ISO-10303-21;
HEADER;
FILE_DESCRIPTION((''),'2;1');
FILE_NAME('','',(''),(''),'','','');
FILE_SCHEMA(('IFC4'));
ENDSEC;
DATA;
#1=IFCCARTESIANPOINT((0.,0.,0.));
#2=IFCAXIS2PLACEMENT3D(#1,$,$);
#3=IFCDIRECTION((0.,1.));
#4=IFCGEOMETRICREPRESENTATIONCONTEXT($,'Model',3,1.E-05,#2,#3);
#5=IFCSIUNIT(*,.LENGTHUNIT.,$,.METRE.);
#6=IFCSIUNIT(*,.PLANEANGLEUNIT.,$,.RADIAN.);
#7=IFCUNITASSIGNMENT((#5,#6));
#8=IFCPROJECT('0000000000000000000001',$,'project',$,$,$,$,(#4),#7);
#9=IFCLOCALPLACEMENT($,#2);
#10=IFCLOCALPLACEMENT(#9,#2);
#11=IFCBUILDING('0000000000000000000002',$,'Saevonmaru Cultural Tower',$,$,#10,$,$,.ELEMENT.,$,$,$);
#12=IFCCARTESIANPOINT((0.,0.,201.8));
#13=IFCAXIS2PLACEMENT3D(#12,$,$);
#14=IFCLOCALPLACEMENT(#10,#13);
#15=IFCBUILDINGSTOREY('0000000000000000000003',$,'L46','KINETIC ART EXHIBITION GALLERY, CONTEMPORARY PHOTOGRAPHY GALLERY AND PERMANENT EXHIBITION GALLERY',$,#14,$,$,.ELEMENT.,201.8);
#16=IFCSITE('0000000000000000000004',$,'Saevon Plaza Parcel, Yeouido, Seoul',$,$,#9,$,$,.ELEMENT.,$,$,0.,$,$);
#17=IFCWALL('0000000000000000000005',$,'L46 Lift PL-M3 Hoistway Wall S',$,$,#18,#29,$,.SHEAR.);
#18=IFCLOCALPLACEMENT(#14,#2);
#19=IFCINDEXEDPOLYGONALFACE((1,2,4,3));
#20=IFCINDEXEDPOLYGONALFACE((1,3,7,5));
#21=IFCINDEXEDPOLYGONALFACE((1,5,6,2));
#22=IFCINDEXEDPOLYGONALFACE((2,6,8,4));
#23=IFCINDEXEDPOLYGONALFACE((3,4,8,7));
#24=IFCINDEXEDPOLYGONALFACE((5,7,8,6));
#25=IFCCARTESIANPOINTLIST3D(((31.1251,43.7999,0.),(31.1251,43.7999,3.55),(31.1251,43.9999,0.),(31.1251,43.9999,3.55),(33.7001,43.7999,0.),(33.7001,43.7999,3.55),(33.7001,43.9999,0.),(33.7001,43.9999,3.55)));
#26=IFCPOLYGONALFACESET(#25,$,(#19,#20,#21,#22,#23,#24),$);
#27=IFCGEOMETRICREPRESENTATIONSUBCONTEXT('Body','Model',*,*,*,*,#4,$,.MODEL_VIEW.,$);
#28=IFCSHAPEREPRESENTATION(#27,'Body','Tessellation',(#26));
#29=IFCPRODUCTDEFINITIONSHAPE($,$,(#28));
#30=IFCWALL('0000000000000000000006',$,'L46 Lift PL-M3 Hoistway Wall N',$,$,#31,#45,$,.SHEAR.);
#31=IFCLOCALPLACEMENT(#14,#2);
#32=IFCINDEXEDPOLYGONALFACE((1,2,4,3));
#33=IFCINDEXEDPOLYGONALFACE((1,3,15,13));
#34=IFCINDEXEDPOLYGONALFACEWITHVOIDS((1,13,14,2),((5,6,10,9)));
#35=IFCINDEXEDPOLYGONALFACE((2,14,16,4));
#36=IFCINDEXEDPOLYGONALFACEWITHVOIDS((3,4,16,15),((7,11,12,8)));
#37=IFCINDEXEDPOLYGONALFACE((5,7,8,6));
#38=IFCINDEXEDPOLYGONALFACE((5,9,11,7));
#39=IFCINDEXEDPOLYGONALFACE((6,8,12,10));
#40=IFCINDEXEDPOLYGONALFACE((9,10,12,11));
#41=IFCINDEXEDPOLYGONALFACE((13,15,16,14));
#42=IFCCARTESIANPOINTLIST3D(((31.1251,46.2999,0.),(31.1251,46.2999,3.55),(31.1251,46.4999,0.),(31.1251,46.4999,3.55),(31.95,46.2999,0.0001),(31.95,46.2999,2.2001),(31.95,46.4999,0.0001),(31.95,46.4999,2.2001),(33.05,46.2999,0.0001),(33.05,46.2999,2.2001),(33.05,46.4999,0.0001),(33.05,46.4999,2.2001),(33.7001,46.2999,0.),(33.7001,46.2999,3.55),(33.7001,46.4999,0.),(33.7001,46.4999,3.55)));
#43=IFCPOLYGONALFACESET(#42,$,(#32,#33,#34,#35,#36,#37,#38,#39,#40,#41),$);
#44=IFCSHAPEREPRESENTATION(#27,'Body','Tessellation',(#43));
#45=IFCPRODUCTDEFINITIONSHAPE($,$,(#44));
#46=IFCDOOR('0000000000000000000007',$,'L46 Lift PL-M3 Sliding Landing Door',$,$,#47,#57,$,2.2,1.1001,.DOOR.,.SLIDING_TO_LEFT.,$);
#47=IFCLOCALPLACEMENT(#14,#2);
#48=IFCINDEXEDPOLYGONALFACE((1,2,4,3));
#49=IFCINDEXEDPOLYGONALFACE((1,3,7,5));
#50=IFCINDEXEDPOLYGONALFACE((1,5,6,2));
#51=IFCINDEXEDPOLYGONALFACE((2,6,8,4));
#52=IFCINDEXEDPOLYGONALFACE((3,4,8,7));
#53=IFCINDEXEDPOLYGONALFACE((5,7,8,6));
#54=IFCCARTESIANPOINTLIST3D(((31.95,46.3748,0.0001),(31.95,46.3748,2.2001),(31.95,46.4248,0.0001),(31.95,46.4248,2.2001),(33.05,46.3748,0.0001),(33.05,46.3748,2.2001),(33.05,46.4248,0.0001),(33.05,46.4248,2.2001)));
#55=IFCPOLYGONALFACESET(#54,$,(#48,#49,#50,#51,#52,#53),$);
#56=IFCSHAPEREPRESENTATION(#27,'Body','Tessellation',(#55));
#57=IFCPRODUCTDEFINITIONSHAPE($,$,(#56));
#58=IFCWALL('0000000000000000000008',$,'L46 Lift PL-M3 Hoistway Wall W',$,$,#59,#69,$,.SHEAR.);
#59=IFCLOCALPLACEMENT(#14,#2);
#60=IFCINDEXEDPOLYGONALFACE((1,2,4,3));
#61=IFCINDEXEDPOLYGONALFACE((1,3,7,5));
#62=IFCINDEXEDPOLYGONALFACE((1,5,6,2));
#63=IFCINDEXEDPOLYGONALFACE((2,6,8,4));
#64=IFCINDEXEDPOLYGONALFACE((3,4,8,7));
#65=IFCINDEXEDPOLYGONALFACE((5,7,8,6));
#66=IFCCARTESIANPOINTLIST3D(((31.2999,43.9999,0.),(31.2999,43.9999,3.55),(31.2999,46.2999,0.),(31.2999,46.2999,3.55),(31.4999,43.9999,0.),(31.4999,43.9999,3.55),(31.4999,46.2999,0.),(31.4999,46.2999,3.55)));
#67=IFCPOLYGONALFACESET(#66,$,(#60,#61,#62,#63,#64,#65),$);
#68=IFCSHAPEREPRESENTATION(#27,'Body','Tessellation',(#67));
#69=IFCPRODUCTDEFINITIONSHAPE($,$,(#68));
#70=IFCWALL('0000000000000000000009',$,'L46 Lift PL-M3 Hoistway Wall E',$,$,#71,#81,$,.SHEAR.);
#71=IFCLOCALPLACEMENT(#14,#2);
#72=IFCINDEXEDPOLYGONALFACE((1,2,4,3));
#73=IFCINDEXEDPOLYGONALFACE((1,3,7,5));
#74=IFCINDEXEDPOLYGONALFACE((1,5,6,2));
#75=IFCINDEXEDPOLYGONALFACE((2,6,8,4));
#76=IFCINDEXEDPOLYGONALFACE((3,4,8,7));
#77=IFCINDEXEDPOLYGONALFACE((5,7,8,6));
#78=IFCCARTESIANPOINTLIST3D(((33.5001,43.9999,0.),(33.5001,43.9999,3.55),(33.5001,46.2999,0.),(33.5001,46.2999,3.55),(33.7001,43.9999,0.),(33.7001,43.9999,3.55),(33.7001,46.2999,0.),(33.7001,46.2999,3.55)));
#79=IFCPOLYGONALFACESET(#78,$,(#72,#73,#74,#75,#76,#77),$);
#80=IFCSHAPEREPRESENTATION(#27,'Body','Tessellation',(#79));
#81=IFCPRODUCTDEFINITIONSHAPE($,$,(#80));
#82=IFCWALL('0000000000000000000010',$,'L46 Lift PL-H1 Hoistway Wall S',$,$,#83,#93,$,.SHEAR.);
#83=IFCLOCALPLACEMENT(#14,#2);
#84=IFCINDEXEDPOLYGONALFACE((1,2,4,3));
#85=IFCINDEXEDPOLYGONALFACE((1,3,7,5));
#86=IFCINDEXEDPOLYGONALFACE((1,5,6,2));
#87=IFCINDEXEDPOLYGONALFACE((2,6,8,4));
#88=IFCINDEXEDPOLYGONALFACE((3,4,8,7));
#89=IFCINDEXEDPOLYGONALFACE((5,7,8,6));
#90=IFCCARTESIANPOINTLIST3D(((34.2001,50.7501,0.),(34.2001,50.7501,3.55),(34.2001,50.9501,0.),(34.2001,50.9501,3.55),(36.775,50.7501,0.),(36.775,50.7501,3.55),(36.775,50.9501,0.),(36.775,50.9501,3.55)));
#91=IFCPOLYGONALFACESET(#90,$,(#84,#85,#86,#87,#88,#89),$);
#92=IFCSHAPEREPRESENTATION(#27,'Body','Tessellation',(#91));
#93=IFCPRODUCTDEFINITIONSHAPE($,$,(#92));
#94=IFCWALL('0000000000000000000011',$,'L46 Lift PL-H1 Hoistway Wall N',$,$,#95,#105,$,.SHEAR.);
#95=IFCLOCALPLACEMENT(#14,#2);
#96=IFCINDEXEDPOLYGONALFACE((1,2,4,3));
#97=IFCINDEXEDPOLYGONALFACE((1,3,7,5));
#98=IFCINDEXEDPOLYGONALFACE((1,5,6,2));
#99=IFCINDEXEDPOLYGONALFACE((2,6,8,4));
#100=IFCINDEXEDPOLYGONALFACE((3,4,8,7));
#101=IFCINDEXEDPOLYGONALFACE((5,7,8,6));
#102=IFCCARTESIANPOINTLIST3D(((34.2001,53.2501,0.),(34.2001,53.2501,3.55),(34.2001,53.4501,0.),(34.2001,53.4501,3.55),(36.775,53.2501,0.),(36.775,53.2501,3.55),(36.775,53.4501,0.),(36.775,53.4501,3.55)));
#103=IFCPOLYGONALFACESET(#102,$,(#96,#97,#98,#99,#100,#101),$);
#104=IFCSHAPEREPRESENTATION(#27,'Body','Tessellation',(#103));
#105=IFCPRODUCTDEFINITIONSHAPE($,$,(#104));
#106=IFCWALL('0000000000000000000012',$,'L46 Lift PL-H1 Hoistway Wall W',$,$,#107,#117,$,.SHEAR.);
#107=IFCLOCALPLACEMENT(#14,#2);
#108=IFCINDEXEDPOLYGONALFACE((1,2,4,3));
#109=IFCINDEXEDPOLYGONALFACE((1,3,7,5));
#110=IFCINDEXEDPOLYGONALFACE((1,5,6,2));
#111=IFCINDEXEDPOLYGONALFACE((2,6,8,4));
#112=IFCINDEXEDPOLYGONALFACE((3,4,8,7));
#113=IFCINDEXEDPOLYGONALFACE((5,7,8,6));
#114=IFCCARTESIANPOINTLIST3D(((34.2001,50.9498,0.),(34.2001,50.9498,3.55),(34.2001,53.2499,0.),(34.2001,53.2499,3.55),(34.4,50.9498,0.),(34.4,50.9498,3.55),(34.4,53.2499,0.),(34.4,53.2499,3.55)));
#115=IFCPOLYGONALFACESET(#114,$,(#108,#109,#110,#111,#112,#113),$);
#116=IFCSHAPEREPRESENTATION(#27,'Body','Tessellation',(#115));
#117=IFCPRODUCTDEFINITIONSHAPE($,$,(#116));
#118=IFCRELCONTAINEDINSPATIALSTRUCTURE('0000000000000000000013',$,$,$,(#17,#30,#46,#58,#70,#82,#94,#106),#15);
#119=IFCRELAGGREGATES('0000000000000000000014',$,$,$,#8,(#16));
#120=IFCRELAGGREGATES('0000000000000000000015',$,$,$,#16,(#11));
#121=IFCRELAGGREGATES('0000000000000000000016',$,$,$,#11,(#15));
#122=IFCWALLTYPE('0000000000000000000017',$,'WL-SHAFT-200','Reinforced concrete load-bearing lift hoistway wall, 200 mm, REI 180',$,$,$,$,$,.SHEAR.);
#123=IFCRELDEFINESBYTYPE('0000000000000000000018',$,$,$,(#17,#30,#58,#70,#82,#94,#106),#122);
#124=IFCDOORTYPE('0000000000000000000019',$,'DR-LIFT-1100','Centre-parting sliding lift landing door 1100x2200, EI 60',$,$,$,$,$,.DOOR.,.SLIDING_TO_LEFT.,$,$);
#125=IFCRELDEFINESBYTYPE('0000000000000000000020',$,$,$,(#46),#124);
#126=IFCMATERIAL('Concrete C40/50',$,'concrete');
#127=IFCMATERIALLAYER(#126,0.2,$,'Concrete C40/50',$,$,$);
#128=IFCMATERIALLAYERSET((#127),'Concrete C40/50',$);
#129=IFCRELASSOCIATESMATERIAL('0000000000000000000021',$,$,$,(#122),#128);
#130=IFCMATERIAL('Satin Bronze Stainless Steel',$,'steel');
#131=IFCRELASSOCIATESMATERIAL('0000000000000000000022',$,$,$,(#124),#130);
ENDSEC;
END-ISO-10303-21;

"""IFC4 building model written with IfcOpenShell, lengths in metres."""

from ifc_helpers import new_model, si_unit, direction, frame, frame_2d, origin, place, context, subcontext, project, spatial, rectangle, extrude, material, layer, layer_set, type_object, element, fill, save


model = new_model("IFC4")

# Units and contexts
model_context = context("Model", 3, precision=1e-05, world=origin(), true_north=direction((0.0, 1.0)))
body_context = subcontext(model_context, "Body", "Model", "MODEL_VIEW")
ifc_project = project(units=[si_unit("LENGTHUNIT", "METRE"), si_unit("PLANEANGLEUNIT", "RADIAN")], contexts=[model_context])

# Site, building, storey
site_placement = place(None, origin())
site = spatial("IfcSite", under=ifc_project, at=site_placement, Name="Saevon Plaza Parcel, Yeouido, Seoul", CompositionType="ELEMENT", RefElevation=0.0)
building_placement = place(site_placement, origin())
building = spatial("IfcBuilding", under=site, at=building_placement, Name="Saevonmaru Cultural Tower", CompositionType="ELEMENT")
storey_placement = place(building_placement, frame((0.0, 0.0, 201.8)))
storey = spatial("IfcBuildingStorey", under=building, at=storey_placement, Name="L46", Description="KINETIC ART EXHIBITION GALLERY, CONTEMPORARY PHOTOGRAPHY GALLERY AND PERMANENT EXHIBITION GALLERY", CompositionType="ELEMENT", Elevation=201.8)

# Shared definitions
ifc_material_1 = material(Name="Concrete C40/50", Category="concrete")
ifc_layer_1 = layer(ifc_material_1, 0.2, Name="Concrete C40/50")
ifc_layer_set_1 = layer_set([ifc_layer_1], Name="Concrete C40/50")
wall_type_1 = type_object("IfcWallType", Name="WL-SHAFT-200", Description="Reinforced concrete load-bearing lift hoistway wall, 200 mm, REI 180", PredefinedType="SHEAR", material=ifc_layer_set_1)

# Shared definitions
ifc_material_2 = material(Name="Satin Bronze Stainless Steel", Category="steel")
door_type_1 = type_object("IfcDoorType", Name="DR-LIFT-1100", Description="Centre-parting sliding lift landing door 1100x2200, EI 60", OperationType="SLIDING_TO_LEFT", PredefinedType="DOOR", material=ifc_material_2)

# Wall
wall_1_placement = place(storey_placement, frame((31.125, 43.8999, 0.0), z_axis=(0.0, 0.0, 1.0), x_axis=(1.0, 0.0, 0.0)))
element("IfcWall", 1, at=wall_1_placement, inside=storey, type_object=wall_type_1, Name="L46 Lift PL-M3 Hoistway Wall S", PredefinedType="SHEAR", context=body_context, shape_type="SweptSolid", body=[
    extrude(rectangle(XDim=2.575, YDim=0.2, at=frame_2d((1.2876, 0.0))), origin(), (0.0, 0.0, 1.0), 3.55),
])

# Wall, opening, door
wall_2_placement = place(storey_placement, frame((31.125, 46.3999, 0.0), z_axis=(0.0, 0.0, 1.0), x_axis=(1.0, 0.0, 0.0)))
wall_2 = element("IfcWall", 2, at=wall_2_placement, inside=storey, type_object=wall_type_1, Name="L46 Lift PL-M3 Hoistway Wall N", PredefinedType="SHEAR", context=body_context, shape_type="SweptSolid", body=[
    extrude(rectangle(XDim=2.575, YDim=0.2, at=frame_2d((1.2876, 0.0))), origin(), (0.0, 0.0, 1.0), 3.55),
])
opening_1_placement = place(wall_2_placement, frame((0.825, 0.0, 0.0)))
opening_1 = element("IfcOpeningElement", 3, at=opening_1_placement, cuts=wall_2, PredefinedType="OPENING", context=body_context, shape_type="SweptSolid", body=[
    extrude(rectangle(XDim=1.1001, YDim=2.2, at=frame_2d((0.55, 1.1001))), frame((0.0, 0.1099, 0.0), z_axis=(0.0, -1.0, 0.0), x_axis=(1.0, 0.0, 0.0)), (0.0, 0.0, 1.0), 0.22),
])
door_1_placement = place(opening_1_placement, origin())
door_1 = element("IfcDoor", 4, at=door_1_placement, inside=storey, type_object=door_type_1, Name="L46 Lift PL-M3 Sliding Landing Door", OperationType="SLIDING_TO_LEFT", OverallHeight=2.2, OverallWidth=1.1001, PredefinedType="DOOR", context=body_context, shape_type="SweptSolid", body=[
    extrude(rectangle(XDim=1.1001, YDim=2.2, at=frame_2d((0.55, 1.1001))), frame((0.0, 0.0249, 0.0), z_axis=(0.0, -1.0, 0.0), x_axis=(1.0, 0.0, 0.0)), (0.0, 0.0, 1.0), 0.05),
])
fill(opening_1, door_1)

# Walls
for number, where, z_axis, x_axis, name in (
    (5, (31.3999, 44.0, 0.0), (0.0, 0.0, 1.0), (0.0, 1.0, 0.0), "L46 Lift PL-M3 Hoistway Wall W"),
    (6, (33.6001, 44.0, 0.0), (0.0, 0.0, 1.0), (0.0, 1.0, 0.0), "L46 Lift PL-M3 Hoistway Wall E"),
):
    element("IfcWall", number, at=place(storey_placement, frame(where, z_axis=z_axis, x_axis=x_axis)), inside=storey, type_object=wall_type_1, Name=name, PredefinedType="SHEAR", context=body_context, shape_type="SweptSolid", body=[
        extrude(rectangle(XDim=2.3, YDim=0.2, at=frame_2d((1.1499, 0.0))), origin(), (0.0, 0.0, 1.0), 3.55),
    ])
for number, where, z_axis, x_axis, name in (
    (7, (34.2, 50.8501, 0.0), (0.0, 0.0, 1.0), (1.0, 0.0, 0.0), "L46 Lift PL-H1 Hoistway Wall S"),
    (8, (34.2, 53.3501, 0.0), (0.0, 0.0, 1.0), (1.0, 0.0, 0.0), "L46 Lift PL-H1 Hoistway Wall N"),
):
    element("IfcWall", number, at=place(storey_placement, frame(where, z_axis=z_axis, x_axis=x_axis)), inside=storey, type_object=wall_type_1, Name=name, PredefinedType="SHEAR", context=body_context, shape_type="SweptSolid", body=[
        extrude(rectangle(XDim=2.575, YDim=0.2, at=frame_2d((1.2876, 0.0))), origin(), (0.0, 0.0, 1.0), 3.55),
    ])
wall_3_placement = place(storey_placement, frame((34.3, 50.95, 0.0), z_axis=(0.0, 0.0, 1.0), x_axis=(0.0, 1.0, 0.0)))
element("IfcWall", 9, at=wall_3_placement, inside=storey, type_object=wall_type_1, Name="L46 Lift PL-H1 Hoistway Wall W", PredefinedType="SHEAR", context=body_context, shape_type="SweptSolid", body=[
    extrude(rectangle(XDim=2.3, YDim=0.2, at=frame_2d((1.1499, 0.0))), origin(), (0.0, 0.0, 1.0), 3.55),
])

save(model, "model.ifc")
